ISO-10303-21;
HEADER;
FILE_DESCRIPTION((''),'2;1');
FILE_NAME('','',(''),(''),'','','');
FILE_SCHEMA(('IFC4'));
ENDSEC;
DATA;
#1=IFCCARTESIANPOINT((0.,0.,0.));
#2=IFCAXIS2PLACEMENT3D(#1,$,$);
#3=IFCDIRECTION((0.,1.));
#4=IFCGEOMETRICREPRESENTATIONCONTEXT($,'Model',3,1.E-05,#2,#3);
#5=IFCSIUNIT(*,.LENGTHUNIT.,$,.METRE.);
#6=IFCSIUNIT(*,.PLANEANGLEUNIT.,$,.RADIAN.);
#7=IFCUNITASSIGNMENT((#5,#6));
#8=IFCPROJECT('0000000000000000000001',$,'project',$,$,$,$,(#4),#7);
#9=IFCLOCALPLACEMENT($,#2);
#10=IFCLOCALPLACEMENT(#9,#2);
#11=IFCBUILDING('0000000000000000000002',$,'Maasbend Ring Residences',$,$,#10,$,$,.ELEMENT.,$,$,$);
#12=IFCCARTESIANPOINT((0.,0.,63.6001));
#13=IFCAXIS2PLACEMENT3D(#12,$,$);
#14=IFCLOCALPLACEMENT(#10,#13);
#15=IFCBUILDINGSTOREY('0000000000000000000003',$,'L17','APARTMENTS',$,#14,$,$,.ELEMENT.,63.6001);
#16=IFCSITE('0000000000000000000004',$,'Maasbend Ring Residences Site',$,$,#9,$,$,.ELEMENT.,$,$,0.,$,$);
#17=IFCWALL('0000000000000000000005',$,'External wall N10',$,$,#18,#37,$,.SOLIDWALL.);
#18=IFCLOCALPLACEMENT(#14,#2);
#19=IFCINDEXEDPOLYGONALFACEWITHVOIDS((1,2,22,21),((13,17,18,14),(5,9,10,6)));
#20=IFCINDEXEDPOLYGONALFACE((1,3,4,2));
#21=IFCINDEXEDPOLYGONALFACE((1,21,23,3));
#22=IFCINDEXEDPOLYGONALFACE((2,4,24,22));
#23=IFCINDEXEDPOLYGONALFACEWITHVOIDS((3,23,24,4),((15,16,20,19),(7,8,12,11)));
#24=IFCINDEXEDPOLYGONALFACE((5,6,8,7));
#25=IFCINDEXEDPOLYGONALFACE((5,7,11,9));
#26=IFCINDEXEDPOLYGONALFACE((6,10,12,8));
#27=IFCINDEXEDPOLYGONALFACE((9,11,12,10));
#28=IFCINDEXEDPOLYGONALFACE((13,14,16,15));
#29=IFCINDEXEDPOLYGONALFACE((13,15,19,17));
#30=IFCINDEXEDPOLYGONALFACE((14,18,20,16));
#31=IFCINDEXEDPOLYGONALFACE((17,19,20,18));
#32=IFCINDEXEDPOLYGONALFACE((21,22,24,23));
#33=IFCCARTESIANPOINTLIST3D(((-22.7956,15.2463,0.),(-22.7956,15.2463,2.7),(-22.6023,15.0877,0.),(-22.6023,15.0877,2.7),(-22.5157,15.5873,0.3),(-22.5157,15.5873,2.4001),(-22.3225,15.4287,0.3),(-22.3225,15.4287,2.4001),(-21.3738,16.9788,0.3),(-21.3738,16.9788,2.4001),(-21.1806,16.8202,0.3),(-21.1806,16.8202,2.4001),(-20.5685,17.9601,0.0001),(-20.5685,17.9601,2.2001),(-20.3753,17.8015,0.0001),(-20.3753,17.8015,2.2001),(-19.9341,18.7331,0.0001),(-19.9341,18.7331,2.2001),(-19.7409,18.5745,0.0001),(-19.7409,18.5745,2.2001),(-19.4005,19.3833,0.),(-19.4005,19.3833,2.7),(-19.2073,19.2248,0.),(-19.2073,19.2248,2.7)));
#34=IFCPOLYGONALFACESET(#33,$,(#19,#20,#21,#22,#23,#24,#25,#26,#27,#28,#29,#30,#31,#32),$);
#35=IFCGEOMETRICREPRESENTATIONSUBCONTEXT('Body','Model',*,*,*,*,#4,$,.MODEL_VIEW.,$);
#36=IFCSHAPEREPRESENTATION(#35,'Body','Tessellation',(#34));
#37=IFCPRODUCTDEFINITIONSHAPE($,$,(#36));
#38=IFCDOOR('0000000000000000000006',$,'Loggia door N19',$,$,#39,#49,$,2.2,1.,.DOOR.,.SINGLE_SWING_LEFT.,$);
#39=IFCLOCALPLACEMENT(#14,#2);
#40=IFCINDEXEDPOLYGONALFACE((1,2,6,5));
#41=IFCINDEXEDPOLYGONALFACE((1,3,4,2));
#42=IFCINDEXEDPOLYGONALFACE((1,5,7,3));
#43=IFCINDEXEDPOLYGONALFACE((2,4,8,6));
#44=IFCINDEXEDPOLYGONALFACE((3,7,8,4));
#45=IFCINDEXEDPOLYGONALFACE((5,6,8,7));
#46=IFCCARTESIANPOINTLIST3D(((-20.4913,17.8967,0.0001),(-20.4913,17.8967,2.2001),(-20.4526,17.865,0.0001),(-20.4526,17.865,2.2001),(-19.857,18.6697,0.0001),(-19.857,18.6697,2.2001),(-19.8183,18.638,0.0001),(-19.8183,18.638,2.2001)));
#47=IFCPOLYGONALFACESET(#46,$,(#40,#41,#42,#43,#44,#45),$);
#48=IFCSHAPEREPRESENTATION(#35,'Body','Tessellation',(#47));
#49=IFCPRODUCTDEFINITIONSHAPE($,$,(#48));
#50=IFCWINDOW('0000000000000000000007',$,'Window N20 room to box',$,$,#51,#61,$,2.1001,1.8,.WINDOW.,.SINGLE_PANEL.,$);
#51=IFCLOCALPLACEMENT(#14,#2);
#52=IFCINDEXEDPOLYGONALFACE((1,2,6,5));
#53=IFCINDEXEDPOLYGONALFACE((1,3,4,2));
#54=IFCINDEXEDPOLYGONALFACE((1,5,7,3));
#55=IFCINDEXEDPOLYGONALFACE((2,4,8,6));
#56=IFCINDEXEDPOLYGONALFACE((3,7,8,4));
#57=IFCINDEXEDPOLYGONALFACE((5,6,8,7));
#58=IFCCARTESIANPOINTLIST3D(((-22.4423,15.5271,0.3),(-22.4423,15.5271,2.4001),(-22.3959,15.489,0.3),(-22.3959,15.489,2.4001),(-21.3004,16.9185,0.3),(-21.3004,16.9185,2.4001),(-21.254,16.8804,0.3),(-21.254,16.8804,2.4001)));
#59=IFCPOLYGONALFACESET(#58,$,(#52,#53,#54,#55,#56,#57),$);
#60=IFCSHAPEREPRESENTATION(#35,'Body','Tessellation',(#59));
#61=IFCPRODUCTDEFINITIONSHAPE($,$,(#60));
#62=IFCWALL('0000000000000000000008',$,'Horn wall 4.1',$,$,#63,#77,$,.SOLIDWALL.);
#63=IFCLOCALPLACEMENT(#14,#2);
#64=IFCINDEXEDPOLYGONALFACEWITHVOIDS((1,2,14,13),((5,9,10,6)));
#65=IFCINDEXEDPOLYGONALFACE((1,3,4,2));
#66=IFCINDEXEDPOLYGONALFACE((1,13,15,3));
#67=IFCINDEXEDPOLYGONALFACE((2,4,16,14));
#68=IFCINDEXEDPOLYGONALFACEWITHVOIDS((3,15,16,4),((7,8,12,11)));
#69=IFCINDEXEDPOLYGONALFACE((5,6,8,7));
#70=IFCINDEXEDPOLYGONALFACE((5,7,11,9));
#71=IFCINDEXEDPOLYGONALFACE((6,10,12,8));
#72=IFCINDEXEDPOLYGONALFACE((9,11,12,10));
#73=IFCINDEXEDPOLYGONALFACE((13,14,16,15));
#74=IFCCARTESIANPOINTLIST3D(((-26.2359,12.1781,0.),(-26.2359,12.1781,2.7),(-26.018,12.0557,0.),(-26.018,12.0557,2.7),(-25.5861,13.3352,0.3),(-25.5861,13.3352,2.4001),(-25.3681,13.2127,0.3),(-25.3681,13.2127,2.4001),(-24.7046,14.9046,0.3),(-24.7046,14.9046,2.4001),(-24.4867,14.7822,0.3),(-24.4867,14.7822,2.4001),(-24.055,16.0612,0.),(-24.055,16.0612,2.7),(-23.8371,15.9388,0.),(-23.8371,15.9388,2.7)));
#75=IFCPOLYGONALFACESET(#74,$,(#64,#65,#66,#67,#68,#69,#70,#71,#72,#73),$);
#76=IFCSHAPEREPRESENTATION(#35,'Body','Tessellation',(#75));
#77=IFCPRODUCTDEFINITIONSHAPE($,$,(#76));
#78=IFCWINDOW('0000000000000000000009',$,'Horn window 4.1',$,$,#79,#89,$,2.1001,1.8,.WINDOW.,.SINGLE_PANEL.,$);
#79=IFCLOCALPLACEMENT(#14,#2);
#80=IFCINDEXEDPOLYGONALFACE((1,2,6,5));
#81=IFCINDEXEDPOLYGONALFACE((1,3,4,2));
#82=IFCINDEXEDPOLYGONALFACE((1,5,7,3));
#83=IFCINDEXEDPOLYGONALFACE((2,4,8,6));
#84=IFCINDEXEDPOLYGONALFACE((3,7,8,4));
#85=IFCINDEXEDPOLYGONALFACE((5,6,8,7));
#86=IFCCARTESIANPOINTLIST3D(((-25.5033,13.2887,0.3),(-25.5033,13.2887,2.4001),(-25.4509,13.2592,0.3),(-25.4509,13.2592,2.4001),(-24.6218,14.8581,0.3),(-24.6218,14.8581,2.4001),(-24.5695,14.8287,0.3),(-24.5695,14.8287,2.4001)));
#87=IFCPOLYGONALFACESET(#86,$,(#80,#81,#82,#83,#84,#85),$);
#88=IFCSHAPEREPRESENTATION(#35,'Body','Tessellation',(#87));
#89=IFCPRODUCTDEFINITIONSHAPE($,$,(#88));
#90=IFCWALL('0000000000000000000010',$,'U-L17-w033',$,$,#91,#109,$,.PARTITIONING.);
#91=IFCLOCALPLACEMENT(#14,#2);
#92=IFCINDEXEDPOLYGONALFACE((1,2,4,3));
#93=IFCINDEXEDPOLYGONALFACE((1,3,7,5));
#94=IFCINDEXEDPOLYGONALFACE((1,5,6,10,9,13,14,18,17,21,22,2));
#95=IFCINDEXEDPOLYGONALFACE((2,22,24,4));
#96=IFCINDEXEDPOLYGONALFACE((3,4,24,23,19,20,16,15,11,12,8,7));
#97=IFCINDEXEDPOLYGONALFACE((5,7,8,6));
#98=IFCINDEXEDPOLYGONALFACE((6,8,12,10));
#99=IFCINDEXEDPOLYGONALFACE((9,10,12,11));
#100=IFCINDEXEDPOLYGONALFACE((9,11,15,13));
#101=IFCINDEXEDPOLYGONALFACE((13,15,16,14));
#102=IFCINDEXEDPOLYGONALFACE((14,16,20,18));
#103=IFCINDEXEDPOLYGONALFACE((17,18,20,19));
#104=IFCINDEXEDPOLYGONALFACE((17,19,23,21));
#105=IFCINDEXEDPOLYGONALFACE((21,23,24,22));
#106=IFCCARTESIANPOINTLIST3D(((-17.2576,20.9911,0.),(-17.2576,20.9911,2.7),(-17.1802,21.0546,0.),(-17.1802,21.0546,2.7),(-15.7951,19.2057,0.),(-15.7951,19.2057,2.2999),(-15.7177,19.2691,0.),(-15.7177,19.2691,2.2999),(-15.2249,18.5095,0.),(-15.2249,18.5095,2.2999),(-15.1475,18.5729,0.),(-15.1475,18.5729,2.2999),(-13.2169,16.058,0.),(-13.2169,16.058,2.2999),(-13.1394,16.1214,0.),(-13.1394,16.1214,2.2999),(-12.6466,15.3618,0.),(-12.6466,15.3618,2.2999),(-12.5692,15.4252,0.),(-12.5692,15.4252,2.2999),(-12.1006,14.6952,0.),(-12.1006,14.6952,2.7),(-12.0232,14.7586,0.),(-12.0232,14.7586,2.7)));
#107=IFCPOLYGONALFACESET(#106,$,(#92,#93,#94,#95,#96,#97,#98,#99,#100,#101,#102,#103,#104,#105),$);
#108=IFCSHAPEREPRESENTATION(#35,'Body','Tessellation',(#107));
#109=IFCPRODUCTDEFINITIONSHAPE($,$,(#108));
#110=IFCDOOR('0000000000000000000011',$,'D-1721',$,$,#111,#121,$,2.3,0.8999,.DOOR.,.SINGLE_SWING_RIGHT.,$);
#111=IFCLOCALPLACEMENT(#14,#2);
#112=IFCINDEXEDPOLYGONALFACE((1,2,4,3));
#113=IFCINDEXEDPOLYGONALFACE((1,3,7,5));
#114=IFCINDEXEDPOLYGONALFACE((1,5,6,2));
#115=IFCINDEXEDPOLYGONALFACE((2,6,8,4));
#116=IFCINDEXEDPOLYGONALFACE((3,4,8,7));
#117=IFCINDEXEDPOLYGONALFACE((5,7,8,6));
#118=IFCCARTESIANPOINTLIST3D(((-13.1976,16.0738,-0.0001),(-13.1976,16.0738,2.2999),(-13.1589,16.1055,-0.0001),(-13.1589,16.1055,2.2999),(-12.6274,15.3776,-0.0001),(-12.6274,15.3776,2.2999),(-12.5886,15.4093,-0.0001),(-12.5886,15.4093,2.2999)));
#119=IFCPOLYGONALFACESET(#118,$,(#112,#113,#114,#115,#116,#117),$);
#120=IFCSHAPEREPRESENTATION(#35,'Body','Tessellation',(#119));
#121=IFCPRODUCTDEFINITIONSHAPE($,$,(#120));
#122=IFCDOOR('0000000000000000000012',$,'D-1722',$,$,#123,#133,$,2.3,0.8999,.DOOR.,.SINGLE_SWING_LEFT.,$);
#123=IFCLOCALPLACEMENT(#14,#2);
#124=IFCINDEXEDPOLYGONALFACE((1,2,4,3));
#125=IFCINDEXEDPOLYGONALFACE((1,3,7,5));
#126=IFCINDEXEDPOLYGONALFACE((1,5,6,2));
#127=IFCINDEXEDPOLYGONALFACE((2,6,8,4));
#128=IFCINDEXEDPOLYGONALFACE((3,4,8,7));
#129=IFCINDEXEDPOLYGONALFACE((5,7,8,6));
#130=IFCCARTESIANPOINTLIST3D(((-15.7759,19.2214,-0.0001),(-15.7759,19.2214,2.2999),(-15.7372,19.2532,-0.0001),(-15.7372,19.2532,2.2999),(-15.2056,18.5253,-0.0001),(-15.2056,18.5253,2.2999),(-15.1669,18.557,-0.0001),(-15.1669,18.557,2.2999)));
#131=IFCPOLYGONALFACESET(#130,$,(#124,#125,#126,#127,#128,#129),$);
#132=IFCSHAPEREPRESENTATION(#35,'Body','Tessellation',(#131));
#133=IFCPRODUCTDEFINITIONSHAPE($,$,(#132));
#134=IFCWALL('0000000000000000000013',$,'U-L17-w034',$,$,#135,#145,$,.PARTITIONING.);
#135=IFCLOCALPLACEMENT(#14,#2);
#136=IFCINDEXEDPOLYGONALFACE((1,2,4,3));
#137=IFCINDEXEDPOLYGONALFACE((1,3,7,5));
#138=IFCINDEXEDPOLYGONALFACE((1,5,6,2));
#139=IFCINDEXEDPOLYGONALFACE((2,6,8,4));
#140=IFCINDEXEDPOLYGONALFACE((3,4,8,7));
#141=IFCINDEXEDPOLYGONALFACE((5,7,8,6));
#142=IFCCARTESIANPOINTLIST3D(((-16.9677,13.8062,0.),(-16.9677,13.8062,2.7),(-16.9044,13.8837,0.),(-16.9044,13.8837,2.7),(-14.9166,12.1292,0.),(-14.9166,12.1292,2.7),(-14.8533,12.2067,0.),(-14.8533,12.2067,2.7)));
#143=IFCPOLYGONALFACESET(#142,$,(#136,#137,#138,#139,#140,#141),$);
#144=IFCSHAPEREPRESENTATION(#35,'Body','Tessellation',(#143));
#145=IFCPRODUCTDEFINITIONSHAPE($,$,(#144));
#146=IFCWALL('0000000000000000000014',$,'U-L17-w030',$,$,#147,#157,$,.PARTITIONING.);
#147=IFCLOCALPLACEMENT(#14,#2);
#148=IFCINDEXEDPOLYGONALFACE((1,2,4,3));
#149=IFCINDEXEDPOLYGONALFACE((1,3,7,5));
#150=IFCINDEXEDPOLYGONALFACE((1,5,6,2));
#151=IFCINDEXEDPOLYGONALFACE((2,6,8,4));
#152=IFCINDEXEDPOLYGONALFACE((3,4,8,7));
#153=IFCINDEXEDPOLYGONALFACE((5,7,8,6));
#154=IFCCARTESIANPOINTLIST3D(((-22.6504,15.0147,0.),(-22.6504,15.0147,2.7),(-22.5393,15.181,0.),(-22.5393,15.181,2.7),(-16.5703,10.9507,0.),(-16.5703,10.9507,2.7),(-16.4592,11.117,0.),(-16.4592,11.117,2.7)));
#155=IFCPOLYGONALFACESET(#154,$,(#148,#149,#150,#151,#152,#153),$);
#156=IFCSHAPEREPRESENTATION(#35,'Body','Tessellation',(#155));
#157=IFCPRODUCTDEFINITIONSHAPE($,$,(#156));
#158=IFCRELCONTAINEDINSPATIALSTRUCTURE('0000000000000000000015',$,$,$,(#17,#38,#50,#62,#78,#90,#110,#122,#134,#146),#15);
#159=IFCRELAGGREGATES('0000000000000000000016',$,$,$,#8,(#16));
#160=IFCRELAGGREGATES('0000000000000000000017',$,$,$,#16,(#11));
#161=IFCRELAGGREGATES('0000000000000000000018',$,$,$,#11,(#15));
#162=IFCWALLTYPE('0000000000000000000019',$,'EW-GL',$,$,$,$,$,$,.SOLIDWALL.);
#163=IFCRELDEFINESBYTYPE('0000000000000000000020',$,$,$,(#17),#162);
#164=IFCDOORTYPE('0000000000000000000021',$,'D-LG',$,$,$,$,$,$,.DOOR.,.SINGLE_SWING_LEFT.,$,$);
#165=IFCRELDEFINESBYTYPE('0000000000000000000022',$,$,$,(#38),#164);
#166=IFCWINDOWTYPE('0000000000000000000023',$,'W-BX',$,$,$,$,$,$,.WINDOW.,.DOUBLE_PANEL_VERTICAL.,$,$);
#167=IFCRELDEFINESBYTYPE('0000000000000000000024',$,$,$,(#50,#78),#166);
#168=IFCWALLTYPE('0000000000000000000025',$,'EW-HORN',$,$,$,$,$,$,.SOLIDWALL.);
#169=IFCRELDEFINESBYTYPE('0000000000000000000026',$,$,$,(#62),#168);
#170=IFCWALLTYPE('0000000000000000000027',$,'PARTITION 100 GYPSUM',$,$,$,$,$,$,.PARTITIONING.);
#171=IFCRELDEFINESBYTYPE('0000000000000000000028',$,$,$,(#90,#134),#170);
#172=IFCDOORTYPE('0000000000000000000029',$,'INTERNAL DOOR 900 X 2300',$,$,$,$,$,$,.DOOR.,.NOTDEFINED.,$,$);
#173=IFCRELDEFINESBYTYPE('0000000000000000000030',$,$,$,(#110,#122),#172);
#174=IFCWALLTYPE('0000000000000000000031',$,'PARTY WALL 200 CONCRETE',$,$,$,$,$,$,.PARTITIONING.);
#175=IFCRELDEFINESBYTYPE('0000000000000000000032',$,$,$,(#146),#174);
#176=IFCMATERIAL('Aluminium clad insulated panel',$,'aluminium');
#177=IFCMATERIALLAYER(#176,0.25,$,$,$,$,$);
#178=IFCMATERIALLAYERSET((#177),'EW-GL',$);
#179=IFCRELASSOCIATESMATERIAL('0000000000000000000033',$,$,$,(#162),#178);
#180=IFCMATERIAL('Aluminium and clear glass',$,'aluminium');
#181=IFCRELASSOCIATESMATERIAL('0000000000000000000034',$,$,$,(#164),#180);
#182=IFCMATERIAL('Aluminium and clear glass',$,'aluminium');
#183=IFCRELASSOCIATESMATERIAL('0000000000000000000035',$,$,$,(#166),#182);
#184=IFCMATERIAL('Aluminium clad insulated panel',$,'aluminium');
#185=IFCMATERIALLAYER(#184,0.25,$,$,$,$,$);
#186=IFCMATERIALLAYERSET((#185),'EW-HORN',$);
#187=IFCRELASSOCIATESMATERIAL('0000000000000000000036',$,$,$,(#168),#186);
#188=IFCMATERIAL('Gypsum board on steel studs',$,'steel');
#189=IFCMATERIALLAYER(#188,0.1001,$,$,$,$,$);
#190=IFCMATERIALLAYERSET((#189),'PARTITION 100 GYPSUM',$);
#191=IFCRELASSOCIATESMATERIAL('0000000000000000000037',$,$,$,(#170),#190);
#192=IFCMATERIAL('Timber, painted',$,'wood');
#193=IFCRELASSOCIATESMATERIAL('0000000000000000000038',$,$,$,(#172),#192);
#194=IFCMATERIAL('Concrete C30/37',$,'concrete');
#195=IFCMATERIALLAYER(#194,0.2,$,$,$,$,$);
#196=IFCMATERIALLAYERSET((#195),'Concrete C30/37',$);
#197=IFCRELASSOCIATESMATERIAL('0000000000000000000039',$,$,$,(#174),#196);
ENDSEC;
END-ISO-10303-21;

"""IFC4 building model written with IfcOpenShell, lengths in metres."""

from ifc_helpers import new_model, si_unit, direction, frame, frame_2d, origin, place, context, subcontext, project, spatial, rectangle, extrude, material, layer, layer_set, type_object, element, fill, save


model = new_model("IFC4")

# Units and contexts
model_context = context("Model", 3, precision=1e-05, world=origin(), true_north=direction((0.0, 1.0)))
body_context = subcontext(model_context, "Body", "Model", "MODEL_VIEW")
ifc_project = project(units=[si_unit("LENGTHUNIT", "METRE"), si_unit("PLANEANGLEUNIT", "RADIAN")], contexts=[model_context])

# Site, building, storey
site_placement = place(None, origin())
site = spatial("IfcSite", under=ifc_project, at=site_placement, Name="Maasbend Ring Residences Site", CompositionType="ELEMENT", RefElevation=0.0)
building_placement = place(site_placement, origin())
building = spatial("IfcBuilding", under=site, at=building_placement, Name="Maasbend Ring Residences", CompositionType="ELEMENT")
storey_placement = place(building_placement, frame((0.0, 0.0, 63.6001)))
storey = spatial("IfcBuildingStorey", under=building, at=storey_placement, Name="L17", Description="APARTMENTS", CompositionType="ELEMENT", Elevation=63.6001)

# Wall, openings, door, window
ifc_material_1 = material(Name="Aluminium clad insulated panel", Category="aluminium")
ifc_layer_1 = layer(ifc_material_1, 0.25)
ifc_layer_set_1 = layer_set([ifc_layer_1], Name="EW-GL")
wall_type_1 = type_object("IfcWallType", Name="EW-GL", PredefinedType="SOLIDWALL", material=ifc_layer_set_1)
wall_1_placement = place(storey_placement, frame((-19.304, 19.304, 0.0), z_axis=(0.0, 0.0, 1.0), x_axis=(-0.634382, -0.773019, 0.0)))
wall_1 = element("IfcWall", 1, at=wall_1_placement, inside=storey, type_object=wall_type_1, Name="External wall N10", PredefinedType="SOLIDWALL", context=body_context, shape_type="SweptSolid", body=[
    extrude(rectangle(XDim=5.3518, YDim=0.25, at=frame_2d((2.6758, 0.0))), origin(), (0.0, 0.0, 1.0), 2.7),
])
opening_1_placement = place(wall_1_placement, frame((0.8411, 0.0, 0.0)))
opening_1 = element("IfcOpeningElement", 2, at=opening_1_placement, cuts=wall_1, PredefinedType="OPENING", context=body_context, shape_type="SweptSolid", body=[
    extrude(rectangle(XDim=1.0, YDim=2.2, at=frame_2d((0.5, 1.1001))), frame((0.0, 0.135, 0.0), z_axis=(0.0, -1.0, 0.0), x_axis=(1.0, 0.0, 0.0)), (0.0, 0.0, 1.0), 0.27),
])
opening_2_placement = place(wall_1_placement, frame((3.1106, 0.0, 0.3)))
opening_2 = element("IfcOpeningElement", 3, at=opening_2_placement, cuts=wall_1, PredefinedType="OPENING", context=body_context, shape_type="SweptSolid", body=[
    extrude(rectangle(XDim=1.8, YDim=2.1001, at=frame_2d((0.8999, 1.05))), frame((0.0, 0.135, 0.0), z_axis=(0.0, -1.0, 0.0), x_axis=(1.0, 0.0, 0.0)), (0.0, 0.0, 1.0), 0.27),
])
ifc_material_2 = material(Name="Aluminium and clear glass", Category="aluminium")
door_type_1 = type_object("IfcDoorType", Name="D-LG", OperationType="SINGLE_SWING_LEFT", PredefinedType="DOOR", material=ifc_material_2)
door_1_placement = place(opening_1_placement, origin())
door_1 = element("IfcDoor", 4, at=door_1_placement, inside=storey, type_object=door_type_1, Name="Loggia door N19", OperationType="SINGLE_SWING_LEFT", OverallHeight=2.2, OverallWidth=1.0, PredefinedType="DOOR", context=body_context, shape_type="SweptSolid", body=[
    extrude(rectangle(XDim=1.0, YDim=2.2, at=frame_2d((0.5, 1.1001))), frame((0.0, 0.0249, 0.0), z_axis=(0.0, -1.0, 0.0), x_axis=(1.0, 0.0, 0.0)), (0.0, 0.0, 1.0), 0.05),
])
fill(opening_1, door_1)
ifc_material_3 = material(Name="Aluminium and clear glass", Category="aluminium")
window_type_1 = type_object("IfcWindowType", Name="W-BX", PartitioningType="DOUBLE_PANEL_VERTICAL", PredefinedType="WINDOW", material=ifc_material_3)
window_1_placement = place(opening_2_placement, origin())
window_1 = element("IfcWindow", 5, at=window_1_placement, inside=storey, type_object=window_type_1, Name="Window N20 room to box", OverallHeight=2.1001, OverallWidth=1.8, PartitioningType="SINGLE_PANEL", PredefinedType="WINDOW", context=body_context, shape_type="SweptSolid", body=[
    extrude(rectangle(XDim=1.8, YDim=2.1001, at=frame_2d((0.8999, 1.05))), frame((0.0, 0.03, 0.0), z_axis=(0.0, -1.0, 0.0), x_axis=(1.0, 0.0, 0.0)), (0.0, 0.0, 1.0), 0.0601),
])
fill(opening_2, window_1)

# Wall, opening, window
ifc_material_4 = material(Name="Aluminium clad insulated panel", Category="aluminium")
ifc_layer_2 = layer(ifc_material_4, 0.25)
ifc_layer_set_2 = layer_set([ifc_layer_2], Name="EW-HORN")
wall_type_2 = type_object("IfcWallType", Name="EW-HORN", PredefinedType="SOLIDWALL", material=ifc_layer_set_2)
wall_2_placement = place(storey_placement, frame((-23.946, 16.0, 0.0), z_axis=(0.0, 0.0, 1.0), x_axis=(-0.489696, -0.871893, 0.0)))
wall_2 = element("IfcWall", 6, at=wall_2_placement, inside=storey, type_object=wall_type_2, Name="Horn wall 4.1", PredefinedType="SOLIDWALL", context=body_context, shape_type="SweptSolid", body=[
    extrude(rectangle(XDim=4.4536, YDim=0.25, at=frame_2d((2.2268, 0.0))), origin(), (0.0, 0.0, 1.0), 2.7),
])
opening_3_placement = place(wall_2_placement, frame((1.3267, 0.0, 0.3)))
opening_3 = element("IfcOpeningElement", 7, at=opening_3_placement, cuts=wall_2, PredefinedType="OPENING", context=body_context, shape_type="SweptSolid", body=[
    extrude(rectangle(XDim=1.8, YDim=2.1001, at=frame_2d((0.8999, 1.05))), frame((0.0, 0.135, 0.0), z_axis=(0.0, -1.0, 0.0), x_axis=(1.0, 0.0, 0.0)), (0.0, 0.0, 1.0), 0.27),
])
window_2_placement = place(opening_3_placement, origin())
window_2 = element("IfcWindow", 8, at=window_2_placement, inside=storey, type_object=window_type_1, Name="Horn window 4.1", OverallHeight=2.1001, OverallWidth=1.8, PartitioningType="SINGLE_PANEL", PredefinedType="WINDOW", context=body_context, shape_type="SweptSolid", body=[
    extrude(rectangle(XDim=1.8, YDim=2.1001, at=frame_2d((0.8999, 1.05))), frame((0.0, 0.03, 0.0), z_axis=(0.0, -1.0, 0.0), x_axis=(1.0, 0.0, 0.0)), (0.0, 0.0, 1.0), 0.0601),
])
fill(opening_3, window_2)

# Wall, openings, doors
ifc_material_5 = material(Name="Gypsum board on steel studs", Category="steel")
ifc_layer_3 = layer(ifc_material_5, 0.1001)
ifc_layer_set_3 = layer_set([ifc_layer_3], Name="PARTITION 100 GYPSUM")
wall_type_3 = type_object("IfcWallType", Name="PARTITION 100 GYPSUM", PredefinedType="PARTITIONING", material=ifc_layer_set_3)
wall_3_placement = place(storey_placement, frame((-17.219, 21.0229, 0.0), z_axis=(0.0, 0.0, 1.0), x_axis=(0.633664, -0.773608, 0.0)))
wall_3 = element("IfcWall", 9, at=wall_3_placement, inside=storey, type_object=wall_type_3, Name="U-L17-w033", PredefinedType="PARTITIONING", context=body_context, shape_type="SweptSolid", body=[
    extrude(rectangle(XDim=8.1384, YDim=0.1001, at=frame_2d((4.0693, 0.0))), origin(), (0.0, 0.0, 1.0), 2.7),
])
opening_4_placement = place(wall_3_placement, frame((6.377, 0.0, 0.0)))
opening_4 = element("IfcOpeningElement", 10, at=opening_4_placement, cuts=wall_3, PredefinedType="OPENING", context=body_context, shape_type="SweptSolid", body=[
    extrude(rectangle(XDim=0.8999, YDim=2.3, at=frame_2d((0.45, 1.1499))), frame((0.0, 0.0601, 0.0), z_axis=(0.0, -1.0, 0.0), x_axis=(1.0, 0.0, 0.0)), (0.0, 0.0, 1.0), 0.1201),
])
opening_5_placement = place(wall_3_placement, frame((2.3081, 0.0, 0.0)))
opening_5 = element("IfcOpeningElement", 11, at=opening_5_placement, cuts=wall_3, PredefinedType="OPENING", context=body_context, shape_type="SweptSolid", body=[
    extrude(rectangle(XDim=0.8999, YDim=2.3, at=frame_2d((0.45, 1.1499))), frame((0.0, 0.0601, 0.0), z_axis=(0.0, -1.0, 0.0), x_axis=(1.0, 0.0, 0.0)), (0.0, 0.0, 1.0), 0.1201),
])
ifc_material_6 = material(Name="Timber, painted", Category="wood")
door_type_2 = type_object("IfcDoorType", Name="INTERNAL DOOR 900 X 2300", OperationType="NOTDEFINED", PredefinedType="DOOR", material=ifc_material_6)
door_2_placement = place(opening_4_placement, origin())
door_2 = element("IfcDoor", 12, at=door_2_placement, inside=storey, type_object=door_type_2, Name="D-1721", OperationType="SINGLE_SWING_RIGHT", OverallHeight=2.3, OverallWidth=0.8999, PredefinedType="DOOR", context=body_context, shape_type="SweptSolid", body=[
    extrude(rectangle(XDim=0.8999, YDim=2.3, at=frame_2d((0.45, 1.1499))), frame((0.0, 0.0249, 0.0), z_axis=(0.0, -1.0, 0.0), x_axis=(1.0, 0.0, 0.0)), (0.0, 0.0, 1.0), 0.05),
])
fill(opening_4, door_2)
door_3_placement = place(opening_5_placement, origin())
door_3 = element("IfcDoor", 13, at=door_3_placement, inside=storey, type_object=door_type_2, Name="D-1722", OperationType="SINGLE_SWING_LEFT", OverallHeight=2.3, OverallWidth=0.8999, PredefinedType="DOOR", context=body_context, shape_type="SweptSolid", body=[
    extrude(rectangle(XDim=0.8999, YDim=2.3, at=frame_2d((0.45, 1.1499))), frame((0.0, 0.0249, 0.0), z_axis=(0.0, -1.0, 0.0), x_axis=(1.0, 0.0, 0.0)), (0.0, 0.0, 1.0), 0.05),
])
fill(opening_5, door_3)

# Walls
wall_4_placement = place(storey_placement, frame((-16.936, 13.845, 0.0), z_axis=(0.0, 0.0, 1.0), x_axis=(0.774163, -0.632987, 0.0)))
element("IfcWall", 14, at=wall_4_placement, inside=storey, type_object=wall_type_3, Name="U-L17-w034", PredefinedType="PARTITIONING", context=body_context, shape_type="SweptSolid", body=[
    extrude(rectangle(XDim=2.6494, YDim=0.1001, at=frame_2d((1.3247, 0.0))), origin(), (0.0, 0.0, 1.0), 2.7),
])
ifc_material_7 = material(Name="Concrete C30/37", Category="concrete")
ifc_layer_4 = layer(ifc_material_7, 0.2)
ifc_layer_set_4 = layer_set([ifc_layer_4], Name="Concrete C30/37")
wall_type_4 = type_object("IfcWallType", Name="PARTY WALL 200 CONCRETE", PredefinedType="PARTITIONING", material=ifc_layer_set_4)
wall_5_placement = place(storey_placement, frame((-22.595, 15.0979, 0.0), z_axis=(0.0, 0.0, 1.0), x_axis=(0.831382, -0.555701, 0.0)))
element("IfcWall", 15, at=wall_5_placement, inside=storey, type_object=wall_type_4, Name="U-L17-w030", PredefinedType="PARTITIONING", context=body_context, shape_type="SweptSolid", body=[
    extrude(rectangle(XDim=7.3132, YDim=0.2, at=frame_2d((3.6567, 0.0))), origin(), (0.0, 0.0, 1.0), 2.7),
])

save(model, "model.ifc")
